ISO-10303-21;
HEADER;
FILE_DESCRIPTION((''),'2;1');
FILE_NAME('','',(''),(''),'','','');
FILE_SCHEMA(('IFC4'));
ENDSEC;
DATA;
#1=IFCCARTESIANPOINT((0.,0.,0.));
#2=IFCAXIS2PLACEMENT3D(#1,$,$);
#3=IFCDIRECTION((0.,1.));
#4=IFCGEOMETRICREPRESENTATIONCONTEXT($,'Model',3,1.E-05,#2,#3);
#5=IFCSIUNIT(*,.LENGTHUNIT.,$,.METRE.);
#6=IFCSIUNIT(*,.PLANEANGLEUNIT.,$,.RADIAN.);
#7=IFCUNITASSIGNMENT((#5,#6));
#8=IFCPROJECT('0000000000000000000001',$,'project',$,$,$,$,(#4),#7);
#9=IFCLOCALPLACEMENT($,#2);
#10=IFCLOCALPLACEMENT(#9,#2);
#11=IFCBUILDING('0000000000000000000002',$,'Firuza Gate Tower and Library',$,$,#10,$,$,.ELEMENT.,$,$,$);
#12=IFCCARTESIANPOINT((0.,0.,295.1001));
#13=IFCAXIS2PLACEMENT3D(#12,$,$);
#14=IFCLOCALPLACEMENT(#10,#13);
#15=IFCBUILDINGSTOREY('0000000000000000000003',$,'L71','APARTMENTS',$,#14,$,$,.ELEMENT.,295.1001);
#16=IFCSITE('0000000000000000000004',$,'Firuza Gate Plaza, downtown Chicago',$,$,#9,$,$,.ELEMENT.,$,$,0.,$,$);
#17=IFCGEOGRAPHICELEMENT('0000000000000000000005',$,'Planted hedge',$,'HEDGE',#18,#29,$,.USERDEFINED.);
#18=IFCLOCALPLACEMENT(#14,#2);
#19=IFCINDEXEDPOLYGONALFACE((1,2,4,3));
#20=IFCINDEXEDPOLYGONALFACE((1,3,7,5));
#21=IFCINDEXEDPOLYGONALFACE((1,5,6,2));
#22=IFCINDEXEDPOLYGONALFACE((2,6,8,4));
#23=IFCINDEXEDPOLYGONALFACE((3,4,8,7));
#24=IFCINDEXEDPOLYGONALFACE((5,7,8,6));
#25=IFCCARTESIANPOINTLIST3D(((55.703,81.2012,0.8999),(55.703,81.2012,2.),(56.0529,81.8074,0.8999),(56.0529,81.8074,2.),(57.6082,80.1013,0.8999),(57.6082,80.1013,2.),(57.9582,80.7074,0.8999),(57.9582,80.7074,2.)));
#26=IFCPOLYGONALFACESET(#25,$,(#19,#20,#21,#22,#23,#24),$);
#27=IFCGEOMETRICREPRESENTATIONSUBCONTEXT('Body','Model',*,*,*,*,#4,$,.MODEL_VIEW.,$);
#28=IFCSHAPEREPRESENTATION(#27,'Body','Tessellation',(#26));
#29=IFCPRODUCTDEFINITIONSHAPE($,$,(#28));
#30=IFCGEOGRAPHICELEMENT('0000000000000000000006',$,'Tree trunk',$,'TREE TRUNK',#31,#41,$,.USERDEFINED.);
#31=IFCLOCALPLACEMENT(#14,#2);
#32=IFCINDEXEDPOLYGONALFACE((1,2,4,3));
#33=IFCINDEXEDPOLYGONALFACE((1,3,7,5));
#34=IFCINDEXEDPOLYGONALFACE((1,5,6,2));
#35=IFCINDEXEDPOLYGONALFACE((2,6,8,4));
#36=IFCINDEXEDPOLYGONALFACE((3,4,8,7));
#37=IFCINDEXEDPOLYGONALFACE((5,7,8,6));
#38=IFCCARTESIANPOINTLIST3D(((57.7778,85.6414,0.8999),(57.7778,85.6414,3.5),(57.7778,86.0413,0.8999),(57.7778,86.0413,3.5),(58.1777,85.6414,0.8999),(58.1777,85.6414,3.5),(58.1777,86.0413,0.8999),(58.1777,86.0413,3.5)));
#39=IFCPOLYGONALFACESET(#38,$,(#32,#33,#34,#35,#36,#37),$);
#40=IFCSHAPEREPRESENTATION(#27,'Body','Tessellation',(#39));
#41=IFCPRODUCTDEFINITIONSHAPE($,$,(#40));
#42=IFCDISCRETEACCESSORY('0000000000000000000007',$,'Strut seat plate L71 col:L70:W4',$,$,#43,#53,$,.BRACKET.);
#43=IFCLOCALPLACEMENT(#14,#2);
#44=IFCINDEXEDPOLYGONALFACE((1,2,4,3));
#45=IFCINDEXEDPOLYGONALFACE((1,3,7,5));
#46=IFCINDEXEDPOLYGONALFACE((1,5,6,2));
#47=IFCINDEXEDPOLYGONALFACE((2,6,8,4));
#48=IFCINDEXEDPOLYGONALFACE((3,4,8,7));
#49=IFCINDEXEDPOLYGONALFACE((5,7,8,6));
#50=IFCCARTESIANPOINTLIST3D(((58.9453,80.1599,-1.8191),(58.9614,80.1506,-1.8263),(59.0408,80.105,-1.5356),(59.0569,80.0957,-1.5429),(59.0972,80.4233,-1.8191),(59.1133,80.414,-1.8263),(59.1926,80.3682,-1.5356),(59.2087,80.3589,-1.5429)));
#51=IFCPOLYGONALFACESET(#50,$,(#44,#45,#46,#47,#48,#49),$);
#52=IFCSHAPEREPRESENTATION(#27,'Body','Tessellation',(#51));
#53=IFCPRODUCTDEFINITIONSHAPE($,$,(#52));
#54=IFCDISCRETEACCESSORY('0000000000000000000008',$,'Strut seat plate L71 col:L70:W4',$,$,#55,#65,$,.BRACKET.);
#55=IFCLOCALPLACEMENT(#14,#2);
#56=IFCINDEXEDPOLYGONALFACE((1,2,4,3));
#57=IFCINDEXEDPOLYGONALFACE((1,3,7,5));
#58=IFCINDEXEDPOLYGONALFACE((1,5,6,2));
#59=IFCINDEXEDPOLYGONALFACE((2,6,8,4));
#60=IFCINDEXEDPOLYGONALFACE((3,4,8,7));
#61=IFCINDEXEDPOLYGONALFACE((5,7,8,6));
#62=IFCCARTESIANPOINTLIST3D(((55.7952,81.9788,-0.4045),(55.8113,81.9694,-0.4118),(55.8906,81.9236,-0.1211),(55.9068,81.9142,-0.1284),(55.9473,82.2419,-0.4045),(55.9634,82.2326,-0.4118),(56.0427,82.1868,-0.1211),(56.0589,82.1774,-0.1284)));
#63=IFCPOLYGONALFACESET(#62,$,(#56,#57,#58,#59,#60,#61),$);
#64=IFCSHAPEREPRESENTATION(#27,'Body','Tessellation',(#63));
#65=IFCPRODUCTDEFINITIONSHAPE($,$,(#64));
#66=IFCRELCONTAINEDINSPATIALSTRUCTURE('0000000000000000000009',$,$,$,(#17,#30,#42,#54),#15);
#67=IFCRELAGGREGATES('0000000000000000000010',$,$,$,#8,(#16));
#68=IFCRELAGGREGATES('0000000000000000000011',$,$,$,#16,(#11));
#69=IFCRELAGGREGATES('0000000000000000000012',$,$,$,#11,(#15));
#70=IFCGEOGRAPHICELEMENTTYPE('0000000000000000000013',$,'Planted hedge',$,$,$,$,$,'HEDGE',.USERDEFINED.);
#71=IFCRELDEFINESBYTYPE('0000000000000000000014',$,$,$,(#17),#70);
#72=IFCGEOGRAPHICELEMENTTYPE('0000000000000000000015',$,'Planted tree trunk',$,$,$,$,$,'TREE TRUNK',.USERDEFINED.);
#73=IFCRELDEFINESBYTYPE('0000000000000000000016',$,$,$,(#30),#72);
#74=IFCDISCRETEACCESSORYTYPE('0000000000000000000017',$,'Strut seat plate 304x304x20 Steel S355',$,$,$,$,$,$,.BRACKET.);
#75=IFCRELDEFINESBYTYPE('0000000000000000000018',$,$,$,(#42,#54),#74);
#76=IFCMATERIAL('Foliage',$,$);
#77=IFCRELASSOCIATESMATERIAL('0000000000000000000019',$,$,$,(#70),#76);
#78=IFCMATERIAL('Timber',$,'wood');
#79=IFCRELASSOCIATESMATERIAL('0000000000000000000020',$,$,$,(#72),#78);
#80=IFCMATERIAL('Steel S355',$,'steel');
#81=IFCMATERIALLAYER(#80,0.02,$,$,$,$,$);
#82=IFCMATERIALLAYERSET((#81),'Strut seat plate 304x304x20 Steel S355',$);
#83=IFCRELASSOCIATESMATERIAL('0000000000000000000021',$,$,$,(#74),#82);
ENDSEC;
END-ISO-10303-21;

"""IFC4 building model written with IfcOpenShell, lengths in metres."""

from ifc_helpers import new_model, si_unit, direction, frame, origin, origin_2d, place, context, subcontext, project, spatial, polyline, rectangle, outline, extrude, material, layer, layer_set, type_object, element, save


model = new_model("IFC4")

# Units and contexts
model_context = context("Model", 3, precision=1e-05, world=origin(), true_north=direction((0.0, 1.0)))
body_context = subcontext(model_context, "Body", "Model", "MODEL_VIEW")
ifc_project = project(units=[si_unit("LENGTHUNIT", "METRE"), si_unit("PLANEANGLEUNIT", "RADIAN")], contexts=[model_context])

# Site, building, storey
site_placement = place(None, origin())
site = spatial("IfcSite", under=ifc_project, at=site_placement, Name="Firuza Gate Plaza, downtown Chicago", CompositionType="ELEMENT", RefElevation=0.0)
building_placement = place(site_placement, origin())
building = spatial("IfcBuilding", under=site, at=building_placement, Name="Firuza Gate Tower and Library", CompositionType="ELEMENT")
storey_placement = place(building_placement, frame((0.0, 0.0, 295.1001)))
storey = spatial("IfcBuildingStorey", under=building, at=storey_placement, Name="L71", Description="APARTMENTS", CompositionType="ELEMENT", Elevation=295.1001)

# Geographic elements
ifc_material_1 = material(Name="Foliage")
geographic_element_type_1 = type_object("IfcGeographicElementType", Name="Planted hedge", ElementType="HEDGE", PredefinedType="USERDEFINED", material=ifc_material_1)
geographic_element_1_placement = place(storey_placement, frame((56.8306, 80.9543, 0.8999), z_axis=(0.0, 0.0, 1.0), x_axis=(0.866025, -0.5, 0.0)))
element("IfcGeographicElement", 1, at=geographic_element_1_placement, inside=storey, type_object=geographic_element_type_1, Name="Planted hedge", ObjectType="HEDGE", PredefinedType="USERDEFINED", context=body_context, shape_type="SweptSolid", body=[
    extrude(rectangle(XDim=2.2, YDim=0.7, at=origin_2d()), origin(), (0.0, 0.0, 1.0), 1.1001),
])
ifc_material_2 = material(Name="Timber", Category="wood")
geographic_element_type_2 = type_object("IfcGeographicElementType", Name="Planted tree trunk", ElementType="TREE TRUNK", PredefinedType="USERDEFINED", material=ifc_material_2)
geographic_element_2_placement = place(storey_placement, frame((57.9778, 85.8413, 0.8999), z_axis=(0.0, 0.0, 1.0), x_axis=(1.0, 0.0, 0.0)))
element("IfcGeographicElement", 2, at=geographic_element_2_placement, inside=storey, type_object=geographic_element_type_2, Name="Tree trunk", ObjectType="TREE TRUNK", PredefinedType="USERDEFINED", context=body_context, shape_type="SweptSolid", body=[
    extrude(rectangle(XDim=0.3999, YDim=0.3999, at=origin_2d()), origin(), (0.0, 0.0, 1.0), 2.6001),
])

# Discrete accessories
ifc_material_3 = material(Name="Steel S355", Category="steel")
ifc_layer_1 = layer(ifc_material_3, 0.02)
ifc_layer_set_1 = layer_set([ifc_layer_1], Name="Strut seat plate 304x304x20 Steel S355")
discrete_accessory_type = type_object("IfcDiscreteAccessoryType", Name="Strut seat plate 304x304x20 Steel S355", PredefinedType="BRACKET", material=ifc_layer_set_1)
discrete_accessory_1_placement = place(storey_placement, frame((59.0408, 80.105, -1.5356), z_axis=(-0.807389, 0.465643, 0.362353), x_axis=(0.499618, 0.866246, 0.000068)))
element("IfcDiscreteAccessory", 3, at=discrete_accessory_1_placement, inside=storey, type_object=discrete_accessory_type, Name="Strut seat plate L71 col:L70:W4", PredefinedType="BRACKET", context=body_context, shape_type="SweptSolid", body=[
    extrude(outline(polyline([(0.0, 0.0), (0.3039, 0.0), (0.3039, 0.3041), (-0.0001, 0.3041), (0.0, 0.0)])), origin(), (0.0, 0.0, -1.0), 0.02),
])
discrete_accessory_2_placement = place(storey_placement, frame((56.0427, 82.1868, -0.1211), z_axis=(-0.806913, 0.466333, 0.362527), x_axis=(-0.500371, -0.865811, 0.0)))
element("IfcDiscreteAccessory", 4, at=discrete_accessory_2_placement, inside=storey, type_object=discrete_accessory_type, Name="Strut seat plate L71 col:L70:W4", PredefinedType="BRACKET", context=body_context, shape_type="SweptSolid", body=[
    extrude(outline(polyline([(0.0, 0.0), (0.304, 0.0), (0.304, -0.3041), (0.0, -0.3041), (0.0, 0.0)])), origin(), (0.0, 0.0, -1.0), 0.02),
])

save(model, "model.ifc")
